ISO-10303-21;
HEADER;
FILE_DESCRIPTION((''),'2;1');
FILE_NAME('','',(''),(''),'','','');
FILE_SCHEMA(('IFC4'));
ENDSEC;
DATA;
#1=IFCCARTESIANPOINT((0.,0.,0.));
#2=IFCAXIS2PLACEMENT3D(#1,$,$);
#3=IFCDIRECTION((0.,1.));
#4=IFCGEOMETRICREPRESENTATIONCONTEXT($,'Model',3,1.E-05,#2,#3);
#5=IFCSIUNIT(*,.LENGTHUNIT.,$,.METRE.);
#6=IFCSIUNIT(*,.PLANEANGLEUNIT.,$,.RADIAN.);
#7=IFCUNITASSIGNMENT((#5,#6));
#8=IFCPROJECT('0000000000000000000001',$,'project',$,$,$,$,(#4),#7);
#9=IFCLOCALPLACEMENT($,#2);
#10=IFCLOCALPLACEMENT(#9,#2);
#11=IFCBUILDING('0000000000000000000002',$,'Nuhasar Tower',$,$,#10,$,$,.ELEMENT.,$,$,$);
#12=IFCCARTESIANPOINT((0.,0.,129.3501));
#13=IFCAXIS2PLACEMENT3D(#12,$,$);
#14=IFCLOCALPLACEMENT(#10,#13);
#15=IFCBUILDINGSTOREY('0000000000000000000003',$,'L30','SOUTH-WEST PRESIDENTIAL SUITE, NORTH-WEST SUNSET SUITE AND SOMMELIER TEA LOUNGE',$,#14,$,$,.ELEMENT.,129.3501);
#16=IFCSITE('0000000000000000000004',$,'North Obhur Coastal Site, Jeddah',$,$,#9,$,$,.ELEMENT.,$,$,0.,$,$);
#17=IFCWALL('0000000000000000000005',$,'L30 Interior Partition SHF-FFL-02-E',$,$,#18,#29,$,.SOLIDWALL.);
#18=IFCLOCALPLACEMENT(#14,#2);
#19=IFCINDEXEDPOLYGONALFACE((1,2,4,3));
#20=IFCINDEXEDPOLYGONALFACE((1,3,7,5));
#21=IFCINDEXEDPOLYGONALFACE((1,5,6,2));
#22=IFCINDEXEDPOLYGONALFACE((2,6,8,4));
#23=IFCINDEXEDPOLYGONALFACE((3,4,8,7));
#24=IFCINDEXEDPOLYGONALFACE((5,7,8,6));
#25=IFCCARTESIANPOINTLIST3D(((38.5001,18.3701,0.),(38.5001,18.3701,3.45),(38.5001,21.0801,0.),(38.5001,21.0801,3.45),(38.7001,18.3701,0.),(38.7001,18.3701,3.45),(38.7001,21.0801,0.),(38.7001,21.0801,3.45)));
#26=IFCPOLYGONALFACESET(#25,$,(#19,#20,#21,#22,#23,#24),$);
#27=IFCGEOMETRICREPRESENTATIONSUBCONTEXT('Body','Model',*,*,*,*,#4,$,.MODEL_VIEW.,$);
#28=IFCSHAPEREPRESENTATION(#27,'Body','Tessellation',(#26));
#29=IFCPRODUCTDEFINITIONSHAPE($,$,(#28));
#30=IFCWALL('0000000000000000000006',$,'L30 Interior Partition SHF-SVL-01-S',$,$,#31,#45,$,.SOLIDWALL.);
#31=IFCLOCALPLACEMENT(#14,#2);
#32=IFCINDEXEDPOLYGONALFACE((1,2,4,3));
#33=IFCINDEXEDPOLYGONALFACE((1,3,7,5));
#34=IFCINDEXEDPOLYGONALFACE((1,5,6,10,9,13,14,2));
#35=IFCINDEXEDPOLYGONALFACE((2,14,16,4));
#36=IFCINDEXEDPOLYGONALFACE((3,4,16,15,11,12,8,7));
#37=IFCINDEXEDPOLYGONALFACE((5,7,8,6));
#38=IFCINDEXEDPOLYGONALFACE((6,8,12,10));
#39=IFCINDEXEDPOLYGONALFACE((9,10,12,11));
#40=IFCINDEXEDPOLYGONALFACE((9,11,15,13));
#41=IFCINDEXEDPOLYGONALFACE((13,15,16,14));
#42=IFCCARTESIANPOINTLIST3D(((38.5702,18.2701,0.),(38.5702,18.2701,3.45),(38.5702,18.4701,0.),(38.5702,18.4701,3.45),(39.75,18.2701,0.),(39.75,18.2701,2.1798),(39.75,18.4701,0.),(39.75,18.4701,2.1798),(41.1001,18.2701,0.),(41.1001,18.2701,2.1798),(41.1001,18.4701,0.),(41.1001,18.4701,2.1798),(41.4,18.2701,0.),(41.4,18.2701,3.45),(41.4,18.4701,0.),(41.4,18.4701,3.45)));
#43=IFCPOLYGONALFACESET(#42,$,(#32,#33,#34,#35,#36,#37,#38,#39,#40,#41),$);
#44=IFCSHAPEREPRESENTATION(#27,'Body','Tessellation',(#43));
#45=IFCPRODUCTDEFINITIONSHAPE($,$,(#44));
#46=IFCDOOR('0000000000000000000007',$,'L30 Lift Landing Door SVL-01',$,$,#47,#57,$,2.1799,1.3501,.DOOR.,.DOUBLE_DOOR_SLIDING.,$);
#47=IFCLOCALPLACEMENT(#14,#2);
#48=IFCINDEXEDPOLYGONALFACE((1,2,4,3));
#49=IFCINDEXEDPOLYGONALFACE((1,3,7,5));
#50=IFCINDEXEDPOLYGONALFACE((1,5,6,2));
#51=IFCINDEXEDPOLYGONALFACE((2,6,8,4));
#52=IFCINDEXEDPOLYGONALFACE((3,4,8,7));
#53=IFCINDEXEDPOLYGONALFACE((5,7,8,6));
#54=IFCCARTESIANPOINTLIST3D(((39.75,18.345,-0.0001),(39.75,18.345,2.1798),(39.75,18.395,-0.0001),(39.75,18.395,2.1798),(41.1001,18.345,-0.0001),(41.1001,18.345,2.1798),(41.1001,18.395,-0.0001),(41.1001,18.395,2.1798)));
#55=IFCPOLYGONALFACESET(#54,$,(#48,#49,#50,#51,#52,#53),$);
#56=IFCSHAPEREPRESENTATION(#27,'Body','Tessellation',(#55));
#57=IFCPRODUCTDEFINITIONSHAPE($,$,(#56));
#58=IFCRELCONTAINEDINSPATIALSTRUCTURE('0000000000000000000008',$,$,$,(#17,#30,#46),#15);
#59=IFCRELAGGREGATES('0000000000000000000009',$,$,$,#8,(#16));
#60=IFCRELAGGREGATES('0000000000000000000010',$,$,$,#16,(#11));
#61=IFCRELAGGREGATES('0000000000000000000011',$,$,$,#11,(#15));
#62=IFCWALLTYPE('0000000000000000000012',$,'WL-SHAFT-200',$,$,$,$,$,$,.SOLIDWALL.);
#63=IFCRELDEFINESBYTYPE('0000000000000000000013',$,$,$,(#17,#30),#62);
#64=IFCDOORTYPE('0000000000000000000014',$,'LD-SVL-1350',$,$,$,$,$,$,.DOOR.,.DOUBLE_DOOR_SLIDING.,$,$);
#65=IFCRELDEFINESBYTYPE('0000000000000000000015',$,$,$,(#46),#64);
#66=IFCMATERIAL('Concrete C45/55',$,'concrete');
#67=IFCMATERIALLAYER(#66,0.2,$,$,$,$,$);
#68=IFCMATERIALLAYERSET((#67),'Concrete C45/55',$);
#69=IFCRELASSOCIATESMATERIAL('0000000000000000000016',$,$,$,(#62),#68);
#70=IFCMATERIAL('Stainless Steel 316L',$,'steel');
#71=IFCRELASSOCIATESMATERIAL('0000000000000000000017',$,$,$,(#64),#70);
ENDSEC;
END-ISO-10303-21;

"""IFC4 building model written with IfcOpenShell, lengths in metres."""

from ifc_helpers import new_model, si_unit, direction, frame, frame_2d, origin, place, context, subcontext, project, spatial, rectangle, extrude, material, layer, layer_set, type_object, element, fill, save


model = new_model("IFC4")

# Units and contexts
model_context = context("Model", 3, precision=1e-05, world=origin(), true_north=direction((0.0, 1.0)))
body_context = subcontext(model_context, "Body", "Model", "MODEL_VIEW")
ifc_project = project(units=[si_unit("LENGTHUNIT", "METRE"), si_unit("PLANEANGLEUNIT", "RADIAN")], contexts=[model_context])

# Site, building, storey
site_placement = place(None, origin())
site = spatial("IfcSite", under=ifc_project, at=site_placement, Name="North Obhur Coastal Site, Jeddah", CompositionType="ELEMENT", RefElevation=0.0)
building_placement = place(site_placement, origin())
building = spatial("IfcBuilding", under=site, at=building_placement, Name="Nuhasar Tower", CompositionType="ELEMENT")
storey_placement = place(building_placement, frame((0.0, 0.0, 129.3501)))
storey = spatial("IfcBuildingStorey", under=building, at=storey_placement, Name="L30", Description="SOUTH-WEST PRESIDENTIAL SUITE, NORTH-WEST SUNSET SUITE AND SOMMELIER TEA LOUNGE", CompositionType="ELEMENT", Elevation=129.3501)

# Shared definitions
ifc_material_1 = material(Name="Concrete C45/55", Category="concrete")

# Shared definitions
ifc_layer_1 = layer(ifc_material_1, 0.2)
ifc_layer_set_1 = layer_set([ifc_layer_1], Name="Concrete C45/55")
wall_type_1 = type_object("IfcWallType", Name="WL-SHAFT-200", PredefinedType="SOLIDWALL", material=ifc_layer_set_1)

# Shared definitions
ifc_material_2 = material(Name="Stainless Steel 316L", Category="steel")

# Wall
wall_1_placement = place(storey_placement, frame((38.6001, 18.3701, 0.0), z_axis=(0.0, 0.0, 1.0), x_axis=(0.0, 1.0, 0.0)))
element("IfcWall", 1, at=wall_1_placement, inside=storey, type_object=wall_type_1, Name="L30 Interior Partition SHF-FFL-02-E", PredefinedType="SOLIDWALL", context=body_context, shape_type="SweptSolid", body=[
    extrude(rectangle(XDim=2.71, YDim=0.2, at=frame_2d((1.355, 0.0))), origin(), (0.0, 0.0, 1.0), 3.45),
])

# Wall, opening, door
wall_2_placement = place(storey_placement, frame((38.5701, 18.3701, 0.0), z_axis=(0.0, 0.0, 1.0), x_axis=(1.0, 0.0, 0.0)))
wall_2 = element("IfcWall", 2, at=wall_2_placement, inside=storey, type_object=wall_type_1, Name="L30 Interior Partition SHF-SVL-01-S", PredefinedType="SOLIDWALL", context=body_context, shape_type="SweptSolid", body=[
    extrude(rectangle(XDim=2.8298, YDim=0.2, at=frame_2d((1.415, 0.0))), origin(), (0.0, 0.0, 1.0), 3.45),
])
opening_1_placement = place(wall_2_placement, frame((1.1799, 0.0, 0.0)))
opening_1 = element("IfcOpeningElement", 3, at=opening_1_placement, cuts=wall_2, PredefinedType="OPENING", context=body_context, shape_type="SweptSolid", body=[
    extrude(rectangle(XDim=1.3501, YDim=2.1799, at=frame_2d((0.675, 1.0898))), frame((0.0, 0.1099, 0.0), z_axis=(0.0, -1.0, 0.0), x_axis=(1.0, 0.0, 0.0)), (0.0, 0.0, 1.0), 0.22),
])
door_type_1 = type_object("IfcDoorType", Name="LD-SVL-1350", OperationType="DOUBLE_DOOR_SLIDING", PredefinedType="DOOR", material=ifc_material_2)
door_1_placement = place(opening_1_placement, origin())
door_1 = element("IfcDoor", 4, at=door_1_placement, inside=storey, type_object=door_type_1, Name="L30 Lift Landing Door SVL-01", OperationType="DOUBLE_DOOR_SLIDING", OverallHeight=2.1799, OverallWidth=1.3501, PredefinedType="DOOR", context=body_context, shape_type="SweptSolid", body=[
    extrude(rectangle(XDim=1.3501, YDim=2.1799, at=frame_2d((0.675, 1.0898))), frame((0.0, 0.0249, 0.0), z_axis=(0.0, -1.0, 0.0), x_axis=(1.0, 0.0, 0.0)), (0.0, 0.0, 1.0), 0.05),
])
fill(opening_1, door_1)

save(model, "model.ifc")
